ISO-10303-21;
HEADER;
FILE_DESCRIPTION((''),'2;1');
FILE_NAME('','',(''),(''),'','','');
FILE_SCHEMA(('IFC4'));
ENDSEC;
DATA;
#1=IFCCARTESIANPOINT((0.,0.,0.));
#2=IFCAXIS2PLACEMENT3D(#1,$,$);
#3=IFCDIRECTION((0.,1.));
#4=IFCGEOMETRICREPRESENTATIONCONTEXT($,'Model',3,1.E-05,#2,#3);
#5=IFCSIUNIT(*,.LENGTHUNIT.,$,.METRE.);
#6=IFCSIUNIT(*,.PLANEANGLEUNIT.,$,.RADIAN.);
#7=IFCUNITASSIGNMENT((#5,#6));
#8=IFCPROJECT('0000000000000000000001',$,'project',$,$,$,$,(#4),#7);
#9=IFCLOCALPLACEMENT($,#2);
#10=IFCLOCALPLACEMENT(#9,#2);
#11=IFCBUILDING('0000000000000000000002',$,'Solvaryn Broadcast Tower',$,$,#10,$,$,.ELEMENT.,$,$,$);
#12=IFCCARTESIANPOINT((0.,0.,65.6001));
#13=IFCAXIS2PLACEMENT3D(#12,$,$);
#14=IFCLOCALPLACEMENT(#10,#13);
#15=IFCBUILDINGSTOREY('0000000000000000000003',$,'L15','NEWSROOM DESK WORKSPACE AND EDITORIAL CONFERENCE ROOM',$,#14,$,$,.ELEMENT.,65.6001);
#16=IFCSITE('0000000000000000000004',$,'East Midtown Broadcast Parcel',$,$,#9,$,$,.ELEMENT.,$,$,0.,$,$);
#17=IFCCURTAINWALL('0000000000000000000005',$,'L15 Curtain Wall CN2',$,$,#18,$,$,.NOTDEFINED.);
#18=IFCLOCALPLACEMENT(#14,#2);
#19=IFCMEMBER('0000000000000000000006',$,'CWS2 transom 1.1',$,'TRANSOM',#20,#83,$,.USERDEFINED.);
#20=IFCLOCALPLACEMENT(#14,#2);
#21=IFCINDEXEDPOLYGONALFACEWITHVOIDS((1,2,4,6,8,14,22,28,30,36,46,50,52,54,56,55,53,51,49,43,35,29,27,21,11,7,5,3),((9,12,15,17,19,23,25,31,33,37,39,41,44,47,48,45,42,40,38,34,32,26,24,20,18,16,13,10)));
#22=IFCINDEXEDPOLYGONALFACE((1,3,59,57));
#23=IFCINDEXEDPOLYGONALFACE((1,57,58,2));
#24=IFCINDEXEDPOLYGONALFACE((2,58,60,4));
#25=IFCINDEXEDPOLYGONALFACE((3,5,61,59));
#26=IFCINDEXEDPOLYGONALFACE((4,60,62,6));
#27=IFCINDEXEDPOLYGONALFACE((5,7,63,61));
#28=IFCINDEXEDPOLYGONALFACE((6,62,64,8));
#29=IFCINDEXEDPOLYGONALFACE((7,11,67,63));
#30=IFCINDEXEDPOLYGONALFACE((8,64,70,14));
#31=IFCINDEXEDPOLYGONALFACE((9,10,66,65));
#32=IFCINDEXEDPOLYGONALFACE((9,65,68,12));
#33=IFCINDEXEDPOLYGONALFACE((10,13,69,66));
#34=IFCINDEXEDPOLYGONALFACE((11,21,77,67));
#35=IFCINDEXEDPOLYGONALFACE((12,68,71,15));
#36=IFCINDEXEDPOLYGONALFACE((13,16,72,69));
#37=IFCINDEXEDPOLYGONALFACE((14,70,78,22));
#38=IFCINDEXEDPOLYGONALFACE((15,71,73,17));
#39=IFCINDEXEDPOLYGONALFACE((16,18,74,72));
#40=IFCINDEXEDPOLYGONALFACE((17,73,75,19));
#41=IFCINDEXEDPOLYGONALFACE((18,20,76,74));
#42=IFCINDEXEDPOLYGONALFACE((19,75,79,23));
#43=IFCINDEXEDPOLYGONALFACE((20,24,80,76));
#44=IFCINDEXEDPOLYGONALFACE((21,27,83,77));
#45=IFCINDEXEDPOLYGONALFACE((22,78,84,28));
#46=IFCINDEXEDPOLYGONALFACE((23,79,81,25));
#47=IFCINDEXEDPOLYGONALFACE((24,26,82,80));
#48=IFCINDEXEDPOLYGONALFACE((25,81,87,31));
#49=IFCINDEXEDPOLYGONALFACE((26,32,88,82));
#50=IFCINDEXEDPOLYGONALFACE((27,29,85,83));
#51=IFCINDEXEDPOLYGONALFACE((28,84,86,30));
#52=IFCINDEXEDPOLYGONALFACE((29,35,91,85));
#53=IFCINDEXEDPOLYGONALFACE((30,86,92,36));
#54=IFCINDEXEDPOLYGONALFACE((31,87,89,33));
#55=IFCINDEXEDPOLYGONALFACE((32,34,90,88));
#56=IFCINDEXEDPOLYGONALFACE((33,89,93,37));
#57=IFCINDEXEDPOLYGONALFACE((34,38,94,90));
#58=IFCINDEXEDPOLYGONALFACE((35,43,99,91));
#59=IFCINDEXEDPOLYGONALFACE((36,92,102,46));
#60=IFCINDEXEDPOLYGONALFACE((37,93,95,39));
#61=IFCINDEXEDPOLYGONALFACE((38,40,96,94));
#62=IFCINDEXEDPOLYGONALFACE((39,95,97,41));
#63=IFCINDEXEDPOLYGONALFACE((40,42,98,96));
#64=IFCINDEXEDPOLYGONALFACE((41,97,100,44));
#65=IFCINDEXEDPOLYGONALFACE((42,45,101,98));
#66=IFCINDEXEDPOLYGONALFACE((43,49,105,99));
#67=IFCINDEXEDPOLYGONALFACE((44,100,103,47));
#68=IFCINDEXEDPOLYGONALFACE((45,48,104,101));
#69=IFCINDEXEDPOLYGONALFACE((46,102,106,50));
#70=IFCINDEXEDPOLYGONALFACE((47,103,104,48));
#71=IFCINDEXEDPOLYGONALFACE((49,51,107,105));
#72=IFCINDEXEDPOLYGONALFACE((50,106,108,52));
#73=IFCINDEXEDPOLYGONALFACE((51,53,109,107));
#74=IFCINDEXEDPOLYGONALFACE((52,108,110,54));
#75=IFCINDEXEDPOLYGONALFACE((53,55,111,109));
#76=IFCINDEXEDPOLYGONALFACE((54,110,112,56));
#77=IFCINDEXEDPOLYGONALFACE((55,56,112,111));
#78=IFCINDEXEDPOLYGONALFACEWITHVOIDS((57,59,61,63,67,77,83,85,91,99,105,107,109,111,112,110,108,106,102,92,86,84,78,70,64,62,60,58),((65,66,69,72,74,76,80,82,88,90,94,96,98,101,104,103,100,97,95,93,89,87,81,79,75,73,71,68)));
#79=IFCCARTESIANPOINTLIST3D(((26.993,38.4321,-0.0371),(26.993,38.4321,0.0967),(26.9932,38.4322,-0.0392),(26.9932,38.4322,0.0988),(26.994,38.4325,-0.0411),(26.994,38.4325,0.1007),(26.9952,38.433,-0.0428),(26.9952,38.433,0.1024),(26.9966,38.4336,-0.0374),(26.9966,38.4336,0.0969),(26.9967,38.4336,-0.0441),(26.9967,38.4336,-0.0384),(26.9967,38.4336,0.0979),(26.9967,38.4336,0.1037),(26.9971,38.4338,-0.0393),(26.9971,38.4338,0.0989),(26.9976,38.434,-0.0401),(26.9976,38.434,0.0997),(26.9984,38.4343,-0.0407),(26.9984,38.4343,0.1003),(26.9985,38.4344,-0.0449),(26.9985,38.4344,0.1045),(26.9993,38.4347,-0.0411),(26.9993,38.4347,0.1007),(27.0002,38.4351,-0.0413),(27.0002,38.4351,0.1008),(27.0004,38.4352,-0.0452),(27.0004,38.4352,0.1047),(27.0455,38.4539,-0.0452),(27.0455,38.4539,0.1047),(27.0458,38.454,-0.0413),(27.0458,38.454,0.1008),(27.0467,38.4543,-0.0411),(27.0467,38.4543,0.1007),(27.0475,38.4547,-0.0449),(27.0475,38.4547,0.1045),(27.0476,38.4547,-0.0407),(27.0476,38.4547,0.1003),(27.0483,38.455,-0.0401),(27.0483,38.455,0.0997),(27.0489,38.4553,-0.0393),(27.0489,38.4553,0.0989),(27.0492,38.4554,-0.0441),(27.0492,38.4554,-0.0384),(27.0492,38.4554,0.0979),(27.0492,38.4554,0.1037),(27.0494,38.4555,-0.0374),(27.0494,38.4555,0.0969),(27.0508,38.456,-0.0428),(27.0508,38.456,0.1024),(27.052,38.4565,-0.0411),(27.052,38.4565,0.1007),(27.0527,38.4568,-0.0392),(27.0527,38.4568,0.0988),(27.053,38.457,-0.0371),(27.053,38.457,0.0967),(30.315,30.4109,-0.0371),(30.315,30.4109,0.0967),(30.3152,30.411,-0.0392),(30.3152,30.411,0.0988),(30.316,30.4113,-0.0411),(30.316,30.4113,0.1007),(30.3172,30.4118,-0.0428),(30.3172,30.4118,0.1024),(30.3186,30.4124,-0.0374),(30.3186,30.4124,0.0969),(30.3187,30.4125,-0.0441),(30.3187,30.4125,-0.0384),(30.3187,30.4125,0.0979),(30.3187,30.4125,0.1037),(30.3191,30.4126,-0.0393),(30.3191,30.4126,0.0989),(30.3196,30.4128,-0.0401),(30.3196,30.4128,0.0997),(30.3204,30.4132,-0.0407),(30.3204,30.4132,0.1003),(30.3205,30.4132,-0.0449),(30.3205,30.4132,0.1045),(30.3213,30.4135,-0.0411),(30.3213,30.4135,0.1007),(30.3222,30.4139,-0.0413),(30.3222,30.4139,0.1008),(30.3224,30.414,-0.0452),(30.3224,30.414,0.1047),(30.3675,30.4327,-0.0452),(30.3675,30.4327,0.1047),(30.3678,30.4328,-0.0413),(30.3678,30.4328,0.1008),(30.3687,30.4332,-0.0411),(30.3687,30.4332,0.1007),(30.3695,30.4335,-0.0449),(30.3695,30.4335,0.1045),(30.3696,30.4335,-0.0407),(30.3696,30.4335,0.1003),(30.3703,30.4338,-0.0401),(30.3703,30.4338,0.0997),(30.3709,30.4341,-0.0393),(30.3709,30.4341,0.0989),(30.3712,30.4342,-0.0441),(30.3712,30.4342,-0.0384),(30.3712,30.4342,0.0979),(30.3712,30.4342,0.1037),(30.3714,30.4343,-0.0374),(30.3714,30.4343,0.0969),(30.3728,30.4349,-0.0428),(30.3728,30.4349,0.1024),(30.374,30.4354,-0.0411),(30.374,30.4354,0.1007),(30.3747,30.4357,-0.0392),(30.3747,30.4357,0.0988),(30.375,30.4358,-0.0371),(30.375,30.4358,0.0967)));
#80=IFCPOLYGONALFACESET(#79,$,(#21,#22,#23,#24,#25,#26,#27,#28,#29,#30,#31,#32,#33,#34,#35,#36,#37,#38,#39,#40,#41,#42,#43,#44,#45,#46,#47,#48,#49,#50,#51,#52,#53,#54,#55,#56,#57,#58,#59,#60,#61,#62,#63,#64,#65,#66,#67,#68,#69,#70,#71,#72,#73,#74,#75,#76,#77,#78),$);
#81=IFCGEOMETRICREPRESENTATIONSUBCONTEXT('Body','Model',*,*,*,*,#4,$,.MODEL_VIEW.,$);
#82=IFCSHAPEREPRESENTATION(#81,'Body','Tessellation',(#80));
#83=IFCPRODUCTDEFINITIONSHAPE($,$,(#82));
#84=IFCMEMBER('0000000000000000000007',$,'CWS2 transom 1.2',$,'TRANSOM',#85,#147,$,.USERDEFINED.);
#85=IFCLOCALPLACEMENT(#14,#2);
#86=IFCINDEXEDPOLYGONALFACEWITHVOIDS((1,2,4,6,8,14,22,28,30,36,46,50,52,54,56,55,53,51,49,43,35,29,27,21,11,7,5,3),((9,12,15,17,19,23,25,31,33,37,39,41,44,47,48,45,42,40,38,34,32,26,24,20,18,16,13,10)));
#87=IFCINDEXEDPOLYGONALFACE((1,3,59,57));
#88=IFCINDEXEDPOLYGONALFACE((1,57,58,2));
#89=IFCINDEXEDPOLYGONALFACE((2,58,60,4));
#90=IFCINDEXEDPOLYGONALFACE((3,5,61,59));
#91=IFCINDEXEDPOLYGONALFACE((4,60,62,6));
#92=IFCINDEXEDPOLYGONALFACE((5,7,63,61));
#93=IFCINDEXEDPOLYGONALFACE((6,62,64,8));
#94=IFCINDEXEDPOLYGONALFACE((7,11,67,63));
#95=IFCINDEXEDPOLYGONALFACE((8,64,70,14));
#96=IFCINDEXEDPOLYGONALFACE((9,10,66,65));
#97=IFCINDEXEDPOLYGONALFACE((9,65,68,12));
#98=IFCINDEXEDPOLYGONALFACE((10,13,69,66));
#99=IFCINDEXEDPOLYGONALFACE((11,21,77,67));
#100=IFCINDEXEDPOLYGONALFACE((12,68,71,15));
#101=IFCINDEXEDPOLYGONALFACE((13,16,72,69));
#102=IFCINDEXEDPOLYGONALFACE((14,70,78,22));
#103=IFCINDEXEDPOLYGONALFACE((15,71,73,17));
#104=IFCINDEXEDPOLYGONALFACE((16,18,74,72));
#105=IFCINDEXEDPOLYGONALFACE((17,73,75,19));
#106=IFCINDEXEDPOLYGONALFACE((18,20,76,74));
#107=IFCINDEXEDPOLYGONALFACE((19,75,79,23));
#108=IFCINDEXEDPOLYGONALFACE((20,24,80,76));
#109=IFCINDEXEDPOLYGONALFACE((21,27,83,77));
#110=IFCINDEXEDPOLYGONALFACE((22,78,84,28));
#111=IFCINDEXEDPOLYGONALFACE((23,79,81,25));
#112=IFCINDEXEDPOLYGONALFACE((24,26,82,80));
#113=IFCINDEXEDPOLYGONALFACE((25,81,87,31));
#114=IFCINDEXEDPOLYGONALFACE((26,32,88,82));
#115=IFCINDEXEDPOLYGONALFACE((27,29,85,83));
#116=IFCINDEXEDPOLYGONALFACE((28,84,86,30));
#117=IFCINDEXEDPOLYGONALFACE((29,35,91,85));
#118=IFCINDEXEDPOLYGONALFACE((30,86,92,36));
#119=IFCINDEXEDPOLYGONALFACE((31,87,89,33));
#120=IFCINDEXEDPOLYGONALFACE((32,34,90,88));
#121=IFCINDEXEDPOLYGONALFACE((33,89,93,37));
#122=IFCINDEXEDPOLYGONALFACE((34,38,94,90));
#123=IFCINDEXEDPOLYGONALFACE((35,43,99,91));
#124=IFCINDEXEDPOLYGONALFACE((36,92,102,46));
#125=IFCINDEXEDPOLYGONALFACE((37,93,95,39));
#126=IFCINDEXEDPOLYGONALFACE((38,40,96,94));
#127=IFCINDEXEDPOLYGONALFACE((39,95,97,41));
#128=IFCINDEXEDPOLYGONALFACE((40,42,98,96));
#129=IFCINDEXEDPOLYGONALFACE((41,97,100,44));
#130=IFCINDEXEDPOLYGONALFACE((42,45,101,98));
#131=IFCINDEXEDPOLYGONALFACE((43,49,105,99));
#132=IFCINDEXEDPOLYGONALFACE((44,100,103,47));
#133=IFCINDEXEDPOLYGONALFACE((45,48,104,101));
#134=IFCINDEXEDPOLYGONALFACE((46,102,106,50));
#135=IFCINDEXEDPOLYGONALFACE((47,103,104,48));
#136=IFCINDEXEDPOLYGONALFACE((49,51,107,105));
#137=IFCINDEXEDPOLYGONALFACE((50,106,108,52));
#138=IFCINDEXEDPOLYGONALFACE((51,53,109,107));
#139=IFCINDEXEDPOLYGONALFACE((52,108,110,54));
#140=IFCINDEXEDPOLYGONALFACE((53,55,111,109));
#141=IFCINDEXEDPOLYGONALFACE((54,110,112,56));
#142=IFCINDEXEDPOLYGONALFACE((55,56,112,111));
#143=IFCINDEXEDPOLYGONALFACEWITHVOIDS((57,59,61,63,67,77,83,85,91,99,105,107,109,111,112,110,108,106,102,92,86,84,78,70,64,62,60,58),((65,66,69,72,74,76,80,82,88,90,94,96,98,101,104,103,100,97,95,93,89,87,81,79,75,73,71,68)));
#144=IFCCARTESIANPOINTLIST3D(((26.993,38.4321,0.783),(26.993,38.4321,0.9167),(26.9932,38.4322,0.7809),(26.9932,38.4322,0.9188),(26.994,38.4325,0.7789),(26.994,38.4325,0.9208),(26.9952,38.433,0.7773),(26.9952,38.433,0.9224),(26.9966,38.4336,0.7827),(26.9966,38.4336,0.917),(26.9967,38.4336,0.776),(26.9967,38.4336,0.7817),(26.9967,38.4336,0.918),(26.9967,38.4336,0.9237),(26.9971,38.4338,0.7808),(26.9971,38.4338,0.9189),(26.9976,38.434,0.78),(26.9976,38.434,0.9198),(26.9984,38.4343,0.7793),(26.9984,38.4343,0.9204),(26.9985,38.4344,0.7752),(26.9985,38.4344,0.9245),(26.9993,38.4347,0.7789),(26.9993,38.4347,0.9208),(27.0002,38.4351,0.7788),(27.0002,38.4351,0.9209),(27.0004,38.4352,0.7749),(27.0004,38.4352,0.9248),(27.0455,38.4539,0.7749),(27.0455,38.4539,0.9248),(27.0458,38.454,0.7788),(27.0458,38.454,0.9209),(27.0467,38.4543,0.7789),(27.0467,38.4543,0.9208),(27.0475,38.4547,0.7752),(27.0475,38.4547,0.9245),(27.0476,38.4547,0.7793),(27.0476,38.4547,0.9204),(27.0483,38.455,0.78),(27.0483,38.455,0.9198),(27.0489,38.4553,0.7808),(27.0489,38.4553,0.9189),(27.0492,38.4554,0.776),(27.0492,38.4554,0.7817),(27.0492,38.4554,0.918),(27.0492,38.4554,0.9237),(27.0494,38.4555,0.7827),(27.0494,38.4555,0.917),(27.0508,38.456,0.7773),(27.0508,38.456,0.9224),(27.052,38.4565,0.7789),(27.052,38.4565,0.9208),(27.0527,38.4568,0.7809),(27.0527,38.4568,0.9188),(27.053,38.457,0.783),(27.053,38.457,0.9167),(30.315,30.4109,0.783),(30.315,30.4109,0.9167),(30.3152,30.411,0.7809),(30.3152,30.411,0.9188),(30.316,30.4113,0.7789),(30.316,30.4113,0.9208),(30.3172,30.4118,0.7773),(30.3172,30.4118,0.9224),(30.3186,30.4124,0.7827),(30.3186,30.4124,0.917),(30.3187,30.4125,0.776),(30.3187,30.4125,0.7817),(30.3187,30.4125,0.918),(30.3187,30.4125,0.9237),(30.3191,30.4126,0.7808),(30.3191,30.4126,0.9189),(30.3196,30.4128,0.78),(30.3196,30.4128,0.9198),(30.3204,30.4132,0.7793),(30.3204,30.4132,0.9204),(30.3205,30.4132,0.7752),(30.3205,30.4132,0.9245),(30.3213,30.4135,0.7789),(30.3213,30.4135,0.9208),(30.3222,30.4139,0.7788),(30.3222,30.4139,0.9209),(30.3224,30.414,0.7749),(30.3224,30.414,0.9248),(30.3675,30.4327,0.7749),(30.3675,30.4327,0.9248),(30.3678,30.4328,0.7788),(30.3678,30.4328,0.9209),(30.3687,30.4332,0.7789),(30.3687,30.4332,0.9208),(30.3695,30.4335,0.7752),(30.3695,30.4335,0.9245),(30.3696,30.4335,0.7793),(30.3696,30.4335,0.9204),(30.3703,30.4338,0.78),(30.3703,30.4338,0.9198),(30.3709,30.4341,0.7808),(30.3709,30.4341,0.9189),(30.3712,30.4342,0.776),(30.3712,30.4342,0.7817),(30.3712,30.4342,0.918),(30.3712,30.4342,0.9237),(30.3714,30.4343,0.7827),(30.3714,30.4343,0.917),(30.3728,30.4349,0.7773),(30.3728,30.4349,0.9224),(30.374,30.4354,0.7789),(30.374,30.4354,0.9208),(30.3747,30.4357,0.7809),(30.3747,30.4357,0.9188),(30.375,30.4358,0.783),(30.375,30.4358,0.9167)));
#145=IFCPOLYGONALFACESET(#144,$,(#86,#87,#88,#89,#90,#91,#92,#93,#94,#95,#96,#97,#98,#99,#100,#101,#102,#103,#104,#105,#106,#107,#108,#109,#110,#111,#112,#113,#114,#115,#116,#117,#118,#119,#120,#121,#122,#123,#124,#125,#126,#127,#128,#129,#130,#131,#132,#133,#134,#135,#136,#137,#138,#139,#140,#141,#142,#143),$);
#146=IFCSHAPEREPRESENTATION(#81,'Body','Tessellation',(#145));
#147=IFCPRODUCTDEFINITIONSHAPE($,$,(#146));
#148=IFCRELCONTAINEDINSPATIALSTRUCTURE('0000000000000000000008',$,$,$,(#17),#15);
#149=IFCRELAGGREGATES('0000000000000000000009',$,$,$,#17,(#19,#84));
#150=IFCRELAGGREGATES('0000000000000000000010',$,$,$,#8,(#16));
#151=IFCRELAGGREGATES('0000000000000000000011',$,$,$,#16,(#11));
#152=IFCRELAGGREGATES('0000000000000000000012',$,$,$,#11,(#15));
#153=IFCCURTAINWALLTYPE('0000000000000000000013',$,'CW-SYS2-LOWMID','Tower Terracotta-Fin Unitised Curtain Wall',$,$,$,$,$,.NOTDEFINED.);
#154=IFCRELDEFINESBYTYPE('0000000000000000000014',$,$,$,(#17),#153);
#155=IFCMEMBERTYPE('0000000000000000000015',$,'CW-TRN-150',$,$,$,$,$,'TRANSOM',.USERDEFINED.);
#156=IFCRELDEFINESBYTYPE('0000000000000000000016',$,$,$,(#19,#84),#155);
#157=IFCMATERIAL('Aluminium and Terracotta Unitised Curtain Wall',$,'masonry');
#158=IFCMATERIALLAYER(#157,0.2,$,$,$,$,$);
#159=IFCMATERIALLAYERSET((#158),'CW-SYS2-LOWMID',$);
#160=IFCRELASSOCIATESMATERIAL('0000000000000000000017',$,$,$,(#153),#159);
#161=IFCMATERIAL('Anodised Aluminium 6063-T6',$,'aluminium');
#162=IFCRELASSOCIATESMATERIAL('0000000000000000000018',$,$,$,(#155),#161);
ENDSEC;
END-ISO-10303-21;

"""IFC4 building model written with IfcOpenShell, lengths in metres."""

from ifc_helpers import new_model, si_unit, direction, frame, origin, origin_2d, place, context, subcontext, project, spatial, hollow_rectangle, extrude, material, layer, layer_set, material_profile, profile_set, type_object, element, aggregate, save


model = new_model("IFC4")

# Units and contexts
model_context = context("Model", 3, precision=1e-05, world=origin(), true_north=direction((0.0, 1.0)))
body_context = subcontext(model_context, "Body", "Model", "MODEL_VIEW")
ifc_project = project(units=[si_unit("LENGTHUNIT", "METRE"), si_unit("PLANEANGLEUNIT", "RADIAN")], contexts=[model_context])

# Site, building, storey
site_placement = place(None, origin())
site = spatial("IfcSite", under=ifc_project, at=site_placement, Name="East Midtown Broadcast Parcel", CompositionType="ELEMENT", RefElevation=0.0)
building_placement = place(site_placement, origin())
building = spatial("IfcBuilding", under=site, at=building_placement, Name="Solvaryn Broadcast Tower", CompositionType="ELEMENT")
storey_placement = place(building_placement, frame((0.0, 0.0, 65.6001)))
storey = spatial("IfcBuildingStorey", under=building, at=storey_placement, Name="L15", Description="NEWSROOM DESK WORKSPACE AND EDITORIAL CONFERENCE ROOM", CompositionType="ELEMENT", Elevation=65.6001)

# Shared definitions
ifc_material_1 = material(Name="Aluminium and Terracotta Unitised Curtain Wall", Category="masonry")
ifc_layer_1 = layer(ifc_material_1, 0.2)
ifc_layer_set_1 = layer_set([ifc_layer_1], Name="CW-SYS2-LOWMID")
curtain_wall_type = type_object("IfcCurtainWallType", Name="CW-SYS2-LOWMID", Description="Tower Terracotta-Fin Unitised Curtain Wall", PredefinedType="NOTDEFINED", material=ifc_layer_set_1)

# Curtain wall, members
curtain_wall_1_placement = place(storey_placement, origin())
curtain_wall_1 = element("IfcCurtainWall", 1, at=curtain_wall_1_placement, inside=storey, type_object=curtain_wall_type, Name="L15 Curtain Wall CN2", PredefinedType="NOTDEFINED")
ifc_material_2 = material(Name="Anodised Aluminium 6063-T6", Category="aluminium")
ifc_material_profile_1 = material_profile(ifc_material_2, hollow_rectangle(XDim=0.0649, YDim=0.1499, WallThickness=0.0039, InnerFilletRadius=0.0039, OuterFilletRadius=0.0081, at=origin_2d()))
ifc_profile_set_1 = profile_set([ifc_material_profile_1], Name="Anodised Aluminium 6063-T6")
member_type_1 = type_object("IfcMemberType", Name="CW-TRN-150", ElementType="TRANSOM", PredefinedType="USERDEFINED", material=ifc_profile_set_1)
member_1_placement = place(storey_placement, frame((30.345, 30.4233, 0.0298), z_axis=(-0.382636, 0.923899, 0.0), x_axis=(-0.923899, -0.382636, 0.0)))
member_1 = element("IfcMember", 2, at=member_1_placement, type_object=member_type_1, Name="CWS2 transom 1.1", ObjectType="TRANSOM", PredefinedType="USERDEFINED", context=body_context, shape_type="SweptSolid", body=[
    extrude(hollow_rectangle(XDim=0.0649, YDim=0.1499, WallThickness=0.0039, InnerFilletRadius=0.0039, OuterFilletRadius=0.0081, at=origin_2d()), origin(), (0.0, 0.0, 1.0), 8.6819),
])
member_2_placement = place(storey_placement, frame((30.345, 30.4233, 0.8499), z_axis=(-0.382636, 0.923899, 0.0), x_axis=(-0.923899, -0.382636, 0.0)))
member_2 = element("IfcMember", 3, at=member_2_placement, type_object=member_type_1, Name="CWS2 transom 1.2", ObjectType="TRANSOM", PredefinedType="USERDEFINED", context=body_context, shape_type="SweptSolid", body=[
    extrude(hollow_rectangle(XDim=0.0649, YDim=0.1499, WallThickness=0.0039, InnerFilletRadius=0.0039, OuterFilletRadius=0.0081, at=origin_2d()), origin(), (0.0, 0.0, 1.0), 8.6819),
])
aggregate(curtain_wall_1, [member_1, member_2])

save(model, "model.ifc")
